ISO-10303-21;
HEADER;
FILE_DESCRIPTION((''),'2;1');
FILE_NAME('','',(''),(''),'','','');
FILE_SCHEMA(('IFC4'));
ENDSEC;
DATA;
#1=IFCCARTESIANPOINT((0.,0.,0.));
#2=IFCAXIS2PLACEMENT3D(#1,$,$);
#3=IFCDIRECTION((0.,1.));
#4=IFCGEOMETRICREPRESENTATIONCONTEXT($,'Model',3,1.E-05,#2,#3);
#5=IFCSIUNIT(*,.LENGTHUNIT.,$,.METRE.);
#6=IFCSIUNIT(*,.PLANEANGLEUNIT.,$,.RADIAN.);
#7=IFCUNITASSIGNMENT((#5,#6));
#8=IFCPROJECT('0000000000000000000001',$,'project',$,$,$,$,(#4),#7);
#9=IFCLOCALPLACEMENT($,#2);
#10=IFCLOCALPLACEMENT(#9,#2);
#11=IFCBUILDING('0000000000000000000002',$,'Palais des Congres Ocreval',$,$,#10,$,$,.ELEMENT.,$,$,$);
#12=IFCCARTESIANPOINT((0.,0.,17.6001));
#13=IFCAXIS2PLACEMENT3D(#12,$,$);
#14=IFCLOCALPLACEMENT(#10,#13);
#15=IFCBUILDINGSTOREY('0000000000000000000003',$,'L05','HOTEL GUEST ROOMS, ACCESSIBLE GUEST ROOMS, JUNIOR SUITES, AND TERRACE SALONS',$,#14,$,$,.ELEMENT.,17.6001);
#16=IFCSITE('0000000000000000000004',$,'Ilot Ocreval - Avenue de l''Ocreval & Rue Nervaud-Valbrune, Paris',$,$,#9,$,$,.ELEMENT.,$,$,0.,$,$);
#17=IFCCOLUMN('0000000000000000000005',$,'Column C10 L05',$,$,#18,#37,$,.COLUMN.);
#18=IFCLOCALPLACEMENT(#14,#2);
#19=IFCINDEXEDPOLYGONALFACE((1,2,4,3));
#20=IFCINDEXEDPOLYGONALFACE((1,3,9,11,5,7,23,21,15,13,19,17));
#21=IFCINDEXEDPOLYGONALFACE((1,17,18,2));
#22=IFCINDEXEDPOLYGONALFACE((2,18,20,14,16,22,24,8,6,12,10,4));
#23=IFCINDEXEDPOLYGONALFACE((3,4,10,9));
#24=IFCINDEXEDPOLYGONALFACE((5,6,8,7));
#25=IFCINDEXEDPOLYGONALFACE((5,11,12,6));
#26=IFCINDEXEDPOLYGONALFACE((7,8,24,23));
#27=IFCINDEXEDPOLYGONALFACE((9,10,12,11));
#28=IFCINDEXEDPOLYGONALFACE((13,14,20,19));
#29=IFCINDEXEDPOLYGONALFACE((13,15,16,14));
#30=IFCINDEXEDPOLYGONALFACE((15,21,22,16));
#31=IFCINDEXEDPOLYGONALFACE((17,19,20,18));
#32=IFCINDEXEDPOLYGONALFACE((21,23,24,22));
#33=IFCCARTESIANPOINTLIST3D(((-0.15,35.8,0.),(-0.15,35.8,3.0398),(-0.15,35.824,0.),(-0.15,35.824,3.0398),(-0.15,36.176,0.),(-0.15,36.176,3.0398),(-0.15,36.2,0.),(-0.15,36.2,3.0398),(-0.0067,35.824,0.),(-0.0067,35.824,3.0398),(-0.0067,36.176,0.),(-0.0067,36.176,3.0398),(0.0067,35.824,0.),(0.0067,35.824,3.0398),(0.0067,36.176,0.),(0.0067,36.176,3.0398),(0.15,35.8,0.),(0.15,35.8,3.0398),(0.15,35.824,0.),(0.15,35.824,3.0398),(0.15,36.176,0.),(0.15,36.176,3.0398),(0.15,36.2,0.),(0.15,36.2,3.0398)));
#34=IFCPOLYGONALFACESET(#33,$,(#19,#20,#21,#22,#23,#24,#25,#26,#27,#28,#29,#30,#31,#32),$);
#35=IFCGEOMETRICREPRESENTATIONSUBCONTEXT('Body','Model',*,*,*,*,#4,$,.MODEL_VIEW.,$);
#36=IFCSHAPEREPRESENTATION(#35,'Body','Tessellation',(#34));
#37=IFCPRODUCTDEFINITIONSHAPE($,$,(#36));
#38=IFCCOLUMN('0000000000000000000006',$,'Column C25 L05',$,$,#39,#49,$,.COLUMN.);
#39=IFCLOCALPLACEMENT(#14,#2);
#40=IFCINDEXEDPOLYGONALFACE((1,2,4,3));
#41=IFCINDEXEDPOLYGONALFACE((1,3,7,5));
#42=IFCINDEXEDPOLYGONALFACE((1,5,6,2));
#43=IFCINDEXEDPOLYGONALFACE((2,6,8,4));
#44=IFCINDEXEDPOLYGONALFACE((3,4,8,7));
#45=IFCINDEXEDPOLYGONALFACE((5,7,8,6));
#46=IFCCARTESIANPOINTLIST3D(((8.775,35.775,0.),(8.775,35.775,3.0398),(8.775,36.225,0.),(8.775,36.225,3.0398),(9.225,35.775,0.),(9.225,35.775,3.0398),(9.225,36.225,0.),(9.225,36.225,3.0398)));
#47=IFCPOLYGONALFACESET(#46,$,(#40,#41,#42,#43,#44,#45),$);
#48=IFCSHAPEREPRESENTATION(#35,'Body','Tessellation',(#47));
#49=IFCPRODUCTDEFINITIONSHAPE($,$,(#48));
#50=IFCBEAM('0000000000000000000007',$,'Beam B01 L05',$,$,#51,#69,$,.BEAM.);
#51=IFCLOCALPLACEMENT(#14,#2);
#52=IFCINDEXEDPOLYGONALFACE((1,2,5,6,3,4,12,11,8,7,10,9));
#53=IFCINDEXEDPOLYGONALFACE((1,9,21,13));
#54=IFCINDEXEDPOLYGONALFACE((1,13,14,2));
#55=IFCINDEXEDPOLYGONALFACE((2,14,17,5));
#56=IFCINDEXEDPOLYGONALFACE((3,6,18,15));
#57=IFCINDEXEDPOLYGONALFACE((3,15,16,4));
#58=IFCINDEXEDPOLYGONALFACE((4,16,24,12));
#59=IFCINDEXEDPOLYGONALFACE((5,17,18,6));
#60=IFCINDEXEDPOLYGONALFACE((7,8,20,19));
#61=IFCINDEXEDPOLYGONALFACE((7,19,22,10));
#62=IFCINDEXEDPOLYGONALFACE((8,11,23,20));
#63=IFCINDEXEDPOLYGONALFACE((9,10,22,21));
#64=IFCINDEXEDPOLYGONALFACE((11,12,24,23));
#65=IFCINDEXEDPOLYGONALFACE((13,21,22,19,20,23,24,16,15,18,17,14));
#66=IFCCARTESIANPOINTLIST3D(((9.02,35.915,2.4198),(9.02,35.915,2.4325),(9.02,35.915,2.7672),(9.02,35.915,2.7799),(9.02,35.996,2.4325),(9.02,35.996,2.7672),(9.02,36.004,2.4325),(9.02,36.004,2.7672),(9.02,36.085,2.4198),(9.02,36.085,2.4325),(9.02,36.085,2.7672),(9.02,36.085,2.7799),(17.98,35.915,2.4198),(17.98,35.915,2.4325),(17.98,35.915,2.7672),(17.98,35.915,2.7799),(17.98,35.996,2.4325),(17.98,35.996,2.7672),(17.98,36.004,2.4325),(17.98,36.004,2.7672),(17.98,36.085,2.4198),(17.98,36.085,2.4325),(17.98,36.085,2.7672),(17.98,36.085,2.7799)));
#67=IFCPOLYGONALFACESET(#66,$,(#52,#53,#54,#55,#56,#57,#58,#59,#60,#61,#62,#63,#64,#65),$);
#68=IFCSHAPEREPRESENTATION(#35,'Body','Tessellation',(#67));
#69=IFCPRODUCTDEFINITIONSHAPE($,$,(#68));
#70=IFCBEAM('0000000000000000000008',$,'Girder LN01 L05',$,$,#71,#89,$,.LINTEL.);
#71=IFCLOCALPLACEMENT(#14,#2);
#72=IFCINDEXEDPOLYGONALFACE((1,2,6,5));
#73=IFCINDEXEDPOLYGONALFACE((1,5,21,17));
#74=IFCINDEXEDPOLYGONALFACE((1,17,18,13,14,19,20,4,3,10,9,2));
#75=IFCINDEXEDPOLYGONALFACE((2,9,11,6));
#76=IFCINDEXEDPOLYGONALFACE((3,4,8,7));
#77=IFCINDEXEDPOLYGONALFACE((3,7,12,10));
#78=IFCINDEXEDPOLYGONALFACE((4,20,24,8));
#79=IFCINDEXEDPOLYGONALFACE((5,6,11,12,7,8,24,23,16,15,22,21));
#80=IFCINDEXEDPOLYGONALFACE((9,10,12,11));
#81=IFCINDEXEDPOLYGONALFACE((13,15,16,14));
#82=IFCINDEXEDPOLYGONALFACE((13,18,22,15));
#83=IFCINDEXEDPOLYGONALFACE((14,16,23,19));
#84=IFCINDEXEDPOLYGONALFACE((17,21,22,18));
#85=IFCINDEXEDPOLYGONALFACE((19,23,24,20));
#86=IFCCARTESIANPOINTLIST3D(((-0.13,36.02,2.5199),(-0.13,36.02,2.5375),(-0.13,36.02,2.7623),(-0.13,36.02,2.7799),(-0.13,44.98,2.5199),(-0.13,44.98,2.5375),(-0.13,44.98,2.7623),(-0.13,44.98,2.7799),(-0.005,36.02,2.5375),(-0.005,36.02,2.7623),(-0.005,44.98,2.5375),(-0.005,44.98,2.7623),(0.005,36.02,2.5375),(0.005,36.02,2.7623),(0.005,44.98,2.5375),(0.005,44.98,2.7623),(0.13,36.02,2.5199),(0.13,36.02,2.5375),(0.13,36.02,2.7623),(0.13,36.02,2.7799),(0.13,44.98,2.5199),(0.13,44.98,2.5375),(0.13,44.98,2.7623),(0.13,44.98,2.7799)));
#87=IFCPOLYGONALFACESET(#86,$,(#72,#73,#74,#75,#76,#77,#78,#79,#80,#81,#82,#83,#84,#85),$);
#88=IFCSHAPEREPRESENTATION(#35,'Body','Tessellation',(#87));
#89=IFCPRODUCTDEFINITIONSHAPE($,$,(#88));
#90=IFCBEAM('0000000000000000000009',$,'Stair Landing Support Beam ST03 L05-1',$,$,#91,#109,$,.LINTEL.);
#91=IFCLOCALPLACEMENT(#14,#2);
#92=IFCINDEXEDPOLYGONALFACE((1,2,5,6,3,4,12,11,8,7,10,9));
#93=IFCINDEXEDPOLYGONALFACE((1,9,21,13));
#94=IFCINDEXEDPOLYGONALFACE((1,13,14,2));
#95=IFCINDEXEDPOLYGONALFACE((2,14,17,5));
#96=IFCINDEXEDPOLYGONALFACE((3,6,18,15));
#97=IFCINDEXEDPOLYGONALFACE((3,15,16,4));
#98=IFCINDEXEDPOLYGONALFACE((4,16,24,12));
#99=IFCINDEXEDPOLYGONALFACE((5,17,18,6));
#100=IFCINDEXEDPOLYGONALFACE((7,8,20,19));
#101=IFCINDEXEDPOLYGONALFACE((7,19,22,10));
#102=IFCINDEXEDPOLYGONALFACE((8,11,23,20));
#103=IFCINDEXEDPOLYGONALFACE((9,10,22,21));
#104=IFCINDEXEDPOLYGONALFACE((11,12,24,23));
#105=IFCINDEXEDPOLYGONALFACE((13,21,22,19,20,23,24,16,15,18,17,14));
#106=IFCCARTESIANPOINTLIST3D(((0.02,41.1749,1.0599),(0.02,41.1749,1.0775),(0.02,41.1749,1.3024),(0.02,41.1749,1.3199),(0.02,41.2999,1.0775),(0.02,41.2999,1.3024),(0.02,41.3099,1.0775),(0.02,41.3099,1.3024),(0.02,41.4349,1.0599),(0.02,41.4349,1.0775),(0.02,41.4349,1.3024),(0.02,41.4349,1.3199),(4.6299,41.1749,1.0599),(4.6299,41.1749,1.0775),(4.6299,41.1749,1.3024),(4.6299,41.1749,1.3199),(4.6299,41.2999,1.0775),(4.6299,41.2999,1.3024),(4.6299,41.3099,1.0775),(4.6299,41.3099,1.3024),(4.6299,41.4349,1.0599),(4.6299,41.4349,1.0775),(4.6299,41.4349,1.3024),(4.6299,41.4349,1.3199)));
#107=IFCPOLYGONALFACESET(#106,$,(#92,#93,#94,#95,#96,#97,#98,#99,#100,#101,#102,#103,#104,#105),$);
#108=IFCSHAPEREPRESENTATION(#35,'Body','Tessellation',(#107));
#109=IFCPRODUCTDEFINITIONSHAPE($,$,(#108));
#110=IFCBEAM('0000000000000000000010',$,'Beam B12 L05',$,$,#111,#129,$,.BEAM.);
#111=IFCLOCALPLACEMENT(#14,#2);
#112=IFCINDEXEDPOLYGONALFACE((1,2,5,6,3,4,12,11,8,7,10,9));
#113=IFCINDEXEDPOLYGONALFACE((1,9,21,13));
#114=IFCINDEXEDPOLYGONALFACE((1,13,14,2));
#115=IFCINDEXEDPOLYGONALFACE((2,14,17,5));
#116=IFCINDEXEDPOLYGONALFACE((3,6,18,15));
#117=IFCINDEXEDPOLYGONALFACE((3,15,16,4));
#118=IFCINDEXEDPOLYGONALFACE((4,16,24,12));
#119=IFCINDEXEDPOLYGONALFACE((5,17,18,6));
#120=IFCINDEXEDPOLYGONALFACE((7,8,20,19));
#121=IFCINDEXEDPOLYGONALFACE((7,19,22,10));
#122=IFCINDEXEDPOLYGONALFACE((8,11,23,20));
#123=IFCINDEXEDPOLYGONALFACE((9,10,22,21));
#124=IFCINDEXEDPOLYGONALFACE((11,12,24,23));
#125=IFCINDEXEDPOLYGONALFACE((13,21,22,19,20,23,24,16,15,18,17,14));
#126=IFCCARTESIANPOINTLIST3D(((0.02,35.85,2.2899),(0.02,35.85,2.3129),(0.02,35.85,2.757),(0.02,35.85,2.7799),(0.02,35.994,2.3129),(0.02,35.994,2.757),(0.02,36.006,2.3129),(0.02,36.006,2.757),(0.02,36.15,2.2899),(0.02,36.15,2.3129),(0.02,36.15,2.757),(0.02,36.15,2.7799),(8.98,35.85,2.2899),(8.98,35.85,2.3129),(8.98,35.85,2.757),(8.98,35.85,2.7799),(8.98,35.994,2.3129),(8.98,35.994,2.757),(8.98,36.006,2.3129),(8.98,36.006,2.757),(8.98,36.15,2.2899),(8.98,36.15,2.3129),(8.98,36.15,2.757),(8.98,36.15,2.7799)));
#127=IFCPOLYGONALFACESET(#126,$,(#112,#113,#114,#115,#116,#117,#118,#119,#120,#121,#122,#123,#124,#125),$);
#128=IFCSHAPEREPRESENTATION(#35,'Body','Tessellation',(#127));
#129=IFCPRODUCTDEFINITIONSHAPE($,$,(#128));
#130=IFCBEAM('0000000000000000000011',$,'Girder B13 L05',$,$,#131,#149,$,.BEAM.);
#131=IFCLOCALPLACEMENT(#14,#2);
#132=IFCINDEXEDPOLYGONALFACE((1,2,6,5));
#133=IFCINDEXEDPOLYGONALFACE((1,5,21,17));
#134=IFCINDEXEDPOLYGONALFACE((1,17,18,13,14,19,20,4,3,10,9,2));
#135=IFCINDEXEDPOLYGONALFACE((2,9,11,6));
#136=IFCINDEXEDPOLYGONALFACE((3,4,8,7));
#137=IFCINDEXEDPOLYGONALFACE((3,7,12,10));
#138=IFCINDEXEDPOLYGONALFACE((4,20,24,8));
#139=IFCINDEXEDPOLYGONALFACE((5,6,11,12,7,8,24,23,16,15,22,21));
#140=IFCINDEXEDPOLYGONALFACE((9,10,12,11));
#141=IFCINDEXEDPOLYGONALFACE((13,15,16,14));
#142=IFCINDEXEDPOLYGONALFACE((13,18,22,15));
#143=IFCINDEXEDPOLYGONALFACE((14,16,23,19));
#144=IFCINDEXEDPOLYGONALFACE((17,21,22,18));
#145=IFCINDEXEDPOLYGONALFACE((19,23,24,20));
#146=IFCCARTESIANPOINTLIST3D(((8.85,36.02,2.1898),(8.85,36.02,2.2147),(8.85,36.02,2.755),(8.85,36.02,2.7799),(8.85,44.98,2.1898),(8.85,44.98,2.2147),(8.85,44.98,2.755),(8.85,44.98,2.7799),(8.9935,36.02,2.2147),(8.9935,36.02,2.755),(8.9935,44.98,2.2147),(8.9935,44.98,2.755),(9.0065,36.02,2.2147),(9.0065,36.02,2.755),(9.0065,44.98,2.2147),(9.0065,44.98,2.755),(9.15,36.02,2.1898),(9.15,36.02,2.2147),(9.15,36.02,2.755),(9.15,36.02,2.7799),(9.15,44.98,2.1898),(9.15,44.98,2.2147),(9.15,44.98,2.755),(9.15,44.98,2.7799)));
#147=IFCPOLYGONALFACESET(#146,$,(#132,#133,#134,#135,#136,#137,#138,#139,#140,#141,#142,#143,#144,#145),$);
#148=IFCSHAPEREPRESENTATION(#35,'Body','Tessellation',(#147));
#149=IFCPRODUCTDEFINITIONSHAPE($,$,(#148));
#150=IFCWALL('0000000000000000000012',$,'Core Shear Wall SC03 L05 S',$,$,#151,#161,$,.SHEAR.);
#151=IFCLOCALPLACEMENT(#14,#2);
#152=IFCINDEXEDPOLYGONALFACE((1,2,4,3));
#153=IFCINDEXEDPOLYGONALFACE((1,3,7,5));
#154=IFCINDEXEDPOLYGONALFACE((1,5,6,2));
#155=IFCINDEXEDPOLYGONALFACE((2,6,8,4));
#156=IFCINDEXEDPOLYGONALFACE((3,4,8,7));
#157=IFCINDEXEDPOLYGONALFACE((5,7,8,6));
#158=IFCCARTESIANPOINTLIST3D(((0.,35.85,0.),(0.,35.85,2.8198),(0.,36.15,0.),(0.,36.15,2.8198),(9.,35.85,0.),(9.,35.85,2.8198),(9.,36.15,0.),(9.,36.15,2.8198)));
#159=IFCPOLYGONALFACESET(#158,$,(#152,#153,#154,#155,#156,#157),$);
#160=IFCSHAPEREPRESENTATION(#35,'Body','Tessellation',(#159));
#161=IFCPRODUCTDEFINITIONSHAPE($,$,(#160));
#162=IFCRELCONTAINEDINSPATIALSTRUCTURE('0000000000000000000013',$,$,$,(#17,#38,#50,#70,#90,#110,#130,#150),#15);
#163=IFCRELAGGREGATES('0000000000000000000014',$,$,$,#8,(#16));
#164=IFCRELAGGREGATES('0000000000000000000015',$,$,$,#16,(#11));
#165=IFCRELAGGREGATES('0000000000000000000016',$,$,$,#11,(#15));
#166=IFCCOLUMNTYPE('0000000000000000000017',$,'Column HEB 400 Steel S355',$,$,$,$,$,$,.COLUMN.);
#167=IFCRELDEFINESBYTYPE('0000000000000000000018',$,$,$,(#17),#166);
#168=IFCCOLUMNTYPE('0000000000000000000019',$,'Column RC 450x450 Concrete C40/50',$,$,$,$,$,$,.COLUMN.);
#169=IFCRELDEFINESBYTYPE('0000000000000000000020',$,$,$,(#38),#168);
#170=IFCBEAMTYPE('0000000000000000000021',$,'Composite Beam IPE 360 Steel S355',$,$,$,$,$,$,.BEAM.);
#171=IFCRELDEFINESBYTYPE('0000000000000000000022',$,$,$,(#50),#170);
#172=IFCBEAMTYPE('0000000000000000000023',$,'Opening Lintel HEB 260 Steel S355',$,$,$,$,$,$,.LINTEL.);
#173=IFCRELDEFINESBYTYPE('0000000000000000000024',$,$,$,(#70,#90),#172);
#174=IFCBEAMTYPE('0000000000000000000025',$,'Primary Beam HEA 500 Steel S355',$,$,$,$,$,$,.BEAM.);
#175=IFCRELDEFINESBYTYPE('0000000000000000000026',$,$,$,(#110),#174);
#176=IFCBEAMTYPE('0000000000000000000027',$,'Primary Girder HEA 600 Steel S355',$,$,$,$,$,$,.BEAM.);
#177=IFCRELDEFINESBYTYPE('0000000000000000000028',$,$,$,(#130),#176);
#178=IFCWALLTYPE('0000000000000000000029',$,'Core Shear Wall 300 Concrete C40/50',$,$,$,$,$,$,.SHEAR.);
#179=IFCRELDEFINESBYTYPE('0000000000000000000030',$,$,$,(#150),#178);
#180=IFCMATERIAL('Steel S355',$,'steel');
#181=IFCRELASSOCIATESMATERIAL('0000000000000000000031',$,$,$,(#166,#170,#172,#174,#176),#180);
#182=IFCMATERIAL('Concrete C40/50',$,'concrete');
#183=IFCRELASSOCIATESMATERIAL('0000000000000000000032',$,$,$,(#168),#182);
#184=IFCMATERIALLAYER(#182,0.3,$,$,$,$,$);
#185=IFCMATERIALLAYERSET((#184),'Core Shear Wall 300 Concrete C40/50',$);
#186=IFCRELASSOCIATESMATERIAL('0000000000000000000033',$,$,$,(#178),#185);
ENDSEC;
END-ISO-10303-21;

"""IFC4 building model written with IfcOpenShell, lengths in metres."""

from ifc_helpers import new_model, si_unit, direction, frame, frame_2d, origin, origin_2d, place, context, subcontext, project, spatial, rectangle, i_section, extrude, material, layer, layer_set, material_profile, profile_set, type_object, element, save


model = new_model("IFC4")

# Units and contexts
model_context = context("Model", 3, precision=1e-05, world=origin(), true_north=direction((0.0, 1.0)))
body_context = subcontext(model_context, "Body", "Model", "MODEL_VIEW")
ifc_project = project(units=[si_unit("LENGTHUNIT", "METRE"), si_unit("PLANEANGLEUNIT", "RADIAN")], contexts=[model_context])

# Site, building, storey
site_placement = place(None, origin())
site = spatial("IfcSite", under=ifc_project, at=site_placement, Name="Ilot Ocreval - Avenue de l'Ocreval & Rue Nervaud-Valbrune, Paris", CompositionType="ELEMENT", RefElevation=0.0)
building_placement = place(site_placement, origin())
building = spatial("IfcBuilding", under=site, at=building_placement, Name="Palais des Congres Ocreval", CompositionType="ELEMENT")
storey_placement = place(building_placement, frame((0.0, 0.0, 17.6001)))
storey = spatial("IfcBuildingStorey", under=building, at=storey_placement, Name="L05", Description="HOTEL GUEST ROOMS, ACCESSIBLE GUEST ROOMS, JUNIOR SUITES, AND TERRACE SALONS", CompositionType="ELEMENT", Elevation=17.6001)

# Columns
ifc_material_1 = material(Name="Steel S355", Category="steel")
ifc_material_profile_1 = material_profile(ifc_material_1, i_section(OverallWidth=0.3, OverallDepth=0.3999, WebThickness=0.0134, FlangeThickness=0.0239, at=origin_2d()), Name="HEB 400")
ifc_profile_set_1 = profile_set([ifc_material_profile_1], Name="Steel S355")
column_type_1 = type_object("IfcColumnType", Name="Column HEB 400 Steel S355", PredefinedType="COLUMN", material=ifc_profile_set_1)
column_1_placement = place(storey_placement, frame((0.0, 36.0, 0.0), z_axis=(0.0, 0.0, 1.0), x_axis=(1.0, 0.0, 0.0)))
element("IfcColumn", 1, at=column_1_placement, inside=storey, type_object=column_type_1, Name="Column C10 L05", PredefinedType="COLUMN", context=body_context, shape_type="SweptSolid", body=[
    extrude(i_section(OverallWidth=0.3, OverallDepth=0.3999, WebThickness=0.0134, FlangeThickness=0.0239, at=origin_2d()), origin(), (0.0, 0.0, 1.0), 3.0398),
])
ifc_material_2 = material(Name="Concrete C40/50", Category="concrete")
ifc_material_profile_2 = material_profile(ifc_material_2, rectangle(XDim=0.45, YDim=0.45, at=origin_2d()), Name="RC 450x450")
ifc_profile_set_2 = profile_set([ifc_material_profile_2], Name="Concrete C40/50")
column_type_2 = type_object("IfcColumnType", Name="Column RC 450x450 Concrete C40/50", PredefinedType="COLUMN", material=ifc_profile_set_2)
column_2_placement = place(storey_placement, frame((9.0, 36.0, 0.0), z_axis=(0.0, 0.0, 1.0), x_axis=(1.0, 0.0, 0.0)))
element("IfcColumn", 2, at=column_2_placement, inside=storey, type_object=column_type_2, Name="Column C25 L05", PredefinedType="COLUMN", context=body_context, shape_type="SweptSolid", body=[
    extrude(rectangle(XDim=0.45, YDim=0.45, at=origin_2d()), origin(), (0.0, 0.0, 1.0), 3.0398),
])

# Beams
ifc_material_profile_3 = material_profile(ifc_material_1, i_section(OverallWidth=0.1699, OverallDepth=0.3601, WebThickness=0.0081, FlangeThickness=0.0127, at=origin_2d()), Name="IPE 360")
ifc_profile_set_3 = profile_set([ifc_material_profile_3], Name="Steel S355")
beam_type_1 = type_object("IfcBeamType", Name="Composite Beam IPE 360 Steel S355", PredefinedType="BEAM", material=ifc_profile_set_3)
beam_1_placement = place(storey_placement, frame((9.02, 36.0, 2.5999), z_axis=(1.0, 0.0, 0.0), x_axis=(0.0, 1.0, 0.0)))
element("IfcBeam", 3, at=beam_1_placement, inside=storey, type_object=beam_type_1, Name="Beam B01 L05", PredefinedType="BEAM", context=body_context, shape_type="SweptSolid", body=[
    extrude(i_section(OverallWidth=0.1699, OverallDepth=0.3601, WebThickness=0.0081, FlangeThickness=0.0127, at=origin_2d()), origin(), (0.0, 0.0, 1.0), 8.96),
])
ifc_material_profile_4 = material_profile(ifc_material_1, i_section(OverallWidth=0.26, OverallDepth=0.26, WebThickness=0.01, FlangeThickness=0.0176, at=origin_2d()), Name="HEB 260")
ifc_profile_set_4 = profile_set([ifc_material_profile_4], Name="Steel S355")
beam_type_2 = type_object("IfcBeamType", Name="Opening Lintel HEB 260 Steel S355", PredefinedType="LINTEL", material=ifc_profile_set_4)
beam_2_placement = place(storey_placement, frame((0.0, 36.02, 2.6499), z_axis=(0.0, 1.0, 0.0), x_axis=(-1.0, 0.0, 0.0)))
element("IfcBeam", 4, at=beam_2_placement, inside=storey, type_object=beam_type_2, Name="Girder LN01 L05", PredefinedType="LINTEL", context=body_context, shape_type="SweptSolid", body=[
    extrude(i_section(OverallWidth=0.26, OverallDepth=0.26, WebThickness=0.01, FlangeThickness=0.0176, at=origin_2d()), origin(), (0.0, 0.0, 1.0), 8.96),
])
beam_3_placement = place(storey_placement, frame((0.02, 41.3049, 1.1899), z_axis=(1.0, 0.0, 0.0), x_axis=(0.0, 1.0, 0.0)))
element("IfcBeam", 5, at=beam_3_placement, inside=storey, type_object=beam_type_2, Name="Stair Landing Support Beam ST03 L05-1", PredefinedType="LINTEL", context=body_context, shape_type="SweptSolid", body=[
    extrude(i_section(OverallWidth=0.26, OverallDepth=0.26, WebThickness=0.01, FlangeThickness=0.0176, at=origin_2d()), origin(), (0.0, 0.0, 1.0), 4.6099),
])
ifc_material_profile_5 = material_profile(ifc_material_1, i_section(OverallWidth=0.3, OverallDepth=0.49, WebThickness=0.012, FlangeThickness=0.0229, at=origin_2d()), Name="HEA 500")
ifc_profile_set_5 = profile_set([ifc_material_profile_5], Name="Steel S355")
beam_type_3 = type_object("IfcBeamType", Name="Primary Beam HEA 500 Steel S355", PredefinedType="BEAM", material=ifc_profile_set_5)
beam_4_placement = place(storey_placement, frame((0.02, 36.0, 2.5349), z_axis=(1.0, 0.0, 0.0), x_axis=(0.0, 1.0, 0.0)))
element("IfcBeam", 6, at=beam_4_placement, inside=storey, type_object=beam_type_3, Name="Beam B12 L05", PredefinedType="BEAM", context=body_context, shape_type="SweptSolid", body=[
    extrude(i_section(OverallWidth=0.3, OverallDepth=0.49, WebThickness=0.012, FlangeThickness=0.0229, at=origin_2d()), origin(), (0.0, 0.0, 1.0), 8.96),
])
ifc_material_profile_6 = material_profile(ifc_material_1, i_section(OverallWidth=0.3, OverallDepth=0.5901, WebThickness=0.0129, FlangeThickness=0.0249, at=origin_2d()), Name="HEA 600")
ifc_profile_set_6 = profile_set([ifc_material_profile_6], Name="Steel S355")
beam_type_4 = type_object("IfcBeamType", Name="Primary Girder HEA 600 Steel S355", PredefinedType="BEAM", material=ifc_profile_set_6)
beam_5_placement = place(storey_placement, frame((9.0, 36.02, 2.4849), z_axis=(0.0, 1.0, 0.0), x_axis=(-1.0, 0.0, 0.0)))
element("IfcBeam", 7, at=beam_5_placement, inside=storey, type_object=beam_type_4, Name="Girder B13 L05", PredefinedType="BEAM", context=body_context, shape_type="SweptSolid", body=[
    extrude(i_section(OverallWidth=0.3, OverallDepth=0.5901, WebThickness=0.0129, FlangeThickness=0.0249, at=origin_2d()), origin(), (0.0, 0.0, 1.0), 8.96),
])

# Wall
ifc_layer_1 = layer(ifc_material_2, 0.3)
ifc_layer_set_1 = layer_set([ifc_layer_1], Name="Core Shear Wall 300 Concrete C40/50")
wall_type_1 = type_object("IfcWallType", Name="Core Shear Wall 300 Concrete C40/50", PredefinedType="SHEAR", material=ifc_layer_set_1)
wall_1_placement = place(storey_placement, frame((0.0, 36.0, 0.0), z_axis=(0.0, 0.0, 1.0), x_axis=(1.0, 0.0, 0.0)))
element("IfcWall", 8, at=wall_1_placement, inside=storey, type_object=wall_type_1, Name="Core Shear Wall SC03 L05 S", PredefinedType="SHEAR", context=body_context, shape_type="SweptSolid", body=[
    extrude(rectangle(XDim=9.0, YDim=0.3, at=frame_2d((4.5, 0.0))), origin(), (0.0, 0.0, 1.0), 2.8198),
])

save(model, "model.ifc")
